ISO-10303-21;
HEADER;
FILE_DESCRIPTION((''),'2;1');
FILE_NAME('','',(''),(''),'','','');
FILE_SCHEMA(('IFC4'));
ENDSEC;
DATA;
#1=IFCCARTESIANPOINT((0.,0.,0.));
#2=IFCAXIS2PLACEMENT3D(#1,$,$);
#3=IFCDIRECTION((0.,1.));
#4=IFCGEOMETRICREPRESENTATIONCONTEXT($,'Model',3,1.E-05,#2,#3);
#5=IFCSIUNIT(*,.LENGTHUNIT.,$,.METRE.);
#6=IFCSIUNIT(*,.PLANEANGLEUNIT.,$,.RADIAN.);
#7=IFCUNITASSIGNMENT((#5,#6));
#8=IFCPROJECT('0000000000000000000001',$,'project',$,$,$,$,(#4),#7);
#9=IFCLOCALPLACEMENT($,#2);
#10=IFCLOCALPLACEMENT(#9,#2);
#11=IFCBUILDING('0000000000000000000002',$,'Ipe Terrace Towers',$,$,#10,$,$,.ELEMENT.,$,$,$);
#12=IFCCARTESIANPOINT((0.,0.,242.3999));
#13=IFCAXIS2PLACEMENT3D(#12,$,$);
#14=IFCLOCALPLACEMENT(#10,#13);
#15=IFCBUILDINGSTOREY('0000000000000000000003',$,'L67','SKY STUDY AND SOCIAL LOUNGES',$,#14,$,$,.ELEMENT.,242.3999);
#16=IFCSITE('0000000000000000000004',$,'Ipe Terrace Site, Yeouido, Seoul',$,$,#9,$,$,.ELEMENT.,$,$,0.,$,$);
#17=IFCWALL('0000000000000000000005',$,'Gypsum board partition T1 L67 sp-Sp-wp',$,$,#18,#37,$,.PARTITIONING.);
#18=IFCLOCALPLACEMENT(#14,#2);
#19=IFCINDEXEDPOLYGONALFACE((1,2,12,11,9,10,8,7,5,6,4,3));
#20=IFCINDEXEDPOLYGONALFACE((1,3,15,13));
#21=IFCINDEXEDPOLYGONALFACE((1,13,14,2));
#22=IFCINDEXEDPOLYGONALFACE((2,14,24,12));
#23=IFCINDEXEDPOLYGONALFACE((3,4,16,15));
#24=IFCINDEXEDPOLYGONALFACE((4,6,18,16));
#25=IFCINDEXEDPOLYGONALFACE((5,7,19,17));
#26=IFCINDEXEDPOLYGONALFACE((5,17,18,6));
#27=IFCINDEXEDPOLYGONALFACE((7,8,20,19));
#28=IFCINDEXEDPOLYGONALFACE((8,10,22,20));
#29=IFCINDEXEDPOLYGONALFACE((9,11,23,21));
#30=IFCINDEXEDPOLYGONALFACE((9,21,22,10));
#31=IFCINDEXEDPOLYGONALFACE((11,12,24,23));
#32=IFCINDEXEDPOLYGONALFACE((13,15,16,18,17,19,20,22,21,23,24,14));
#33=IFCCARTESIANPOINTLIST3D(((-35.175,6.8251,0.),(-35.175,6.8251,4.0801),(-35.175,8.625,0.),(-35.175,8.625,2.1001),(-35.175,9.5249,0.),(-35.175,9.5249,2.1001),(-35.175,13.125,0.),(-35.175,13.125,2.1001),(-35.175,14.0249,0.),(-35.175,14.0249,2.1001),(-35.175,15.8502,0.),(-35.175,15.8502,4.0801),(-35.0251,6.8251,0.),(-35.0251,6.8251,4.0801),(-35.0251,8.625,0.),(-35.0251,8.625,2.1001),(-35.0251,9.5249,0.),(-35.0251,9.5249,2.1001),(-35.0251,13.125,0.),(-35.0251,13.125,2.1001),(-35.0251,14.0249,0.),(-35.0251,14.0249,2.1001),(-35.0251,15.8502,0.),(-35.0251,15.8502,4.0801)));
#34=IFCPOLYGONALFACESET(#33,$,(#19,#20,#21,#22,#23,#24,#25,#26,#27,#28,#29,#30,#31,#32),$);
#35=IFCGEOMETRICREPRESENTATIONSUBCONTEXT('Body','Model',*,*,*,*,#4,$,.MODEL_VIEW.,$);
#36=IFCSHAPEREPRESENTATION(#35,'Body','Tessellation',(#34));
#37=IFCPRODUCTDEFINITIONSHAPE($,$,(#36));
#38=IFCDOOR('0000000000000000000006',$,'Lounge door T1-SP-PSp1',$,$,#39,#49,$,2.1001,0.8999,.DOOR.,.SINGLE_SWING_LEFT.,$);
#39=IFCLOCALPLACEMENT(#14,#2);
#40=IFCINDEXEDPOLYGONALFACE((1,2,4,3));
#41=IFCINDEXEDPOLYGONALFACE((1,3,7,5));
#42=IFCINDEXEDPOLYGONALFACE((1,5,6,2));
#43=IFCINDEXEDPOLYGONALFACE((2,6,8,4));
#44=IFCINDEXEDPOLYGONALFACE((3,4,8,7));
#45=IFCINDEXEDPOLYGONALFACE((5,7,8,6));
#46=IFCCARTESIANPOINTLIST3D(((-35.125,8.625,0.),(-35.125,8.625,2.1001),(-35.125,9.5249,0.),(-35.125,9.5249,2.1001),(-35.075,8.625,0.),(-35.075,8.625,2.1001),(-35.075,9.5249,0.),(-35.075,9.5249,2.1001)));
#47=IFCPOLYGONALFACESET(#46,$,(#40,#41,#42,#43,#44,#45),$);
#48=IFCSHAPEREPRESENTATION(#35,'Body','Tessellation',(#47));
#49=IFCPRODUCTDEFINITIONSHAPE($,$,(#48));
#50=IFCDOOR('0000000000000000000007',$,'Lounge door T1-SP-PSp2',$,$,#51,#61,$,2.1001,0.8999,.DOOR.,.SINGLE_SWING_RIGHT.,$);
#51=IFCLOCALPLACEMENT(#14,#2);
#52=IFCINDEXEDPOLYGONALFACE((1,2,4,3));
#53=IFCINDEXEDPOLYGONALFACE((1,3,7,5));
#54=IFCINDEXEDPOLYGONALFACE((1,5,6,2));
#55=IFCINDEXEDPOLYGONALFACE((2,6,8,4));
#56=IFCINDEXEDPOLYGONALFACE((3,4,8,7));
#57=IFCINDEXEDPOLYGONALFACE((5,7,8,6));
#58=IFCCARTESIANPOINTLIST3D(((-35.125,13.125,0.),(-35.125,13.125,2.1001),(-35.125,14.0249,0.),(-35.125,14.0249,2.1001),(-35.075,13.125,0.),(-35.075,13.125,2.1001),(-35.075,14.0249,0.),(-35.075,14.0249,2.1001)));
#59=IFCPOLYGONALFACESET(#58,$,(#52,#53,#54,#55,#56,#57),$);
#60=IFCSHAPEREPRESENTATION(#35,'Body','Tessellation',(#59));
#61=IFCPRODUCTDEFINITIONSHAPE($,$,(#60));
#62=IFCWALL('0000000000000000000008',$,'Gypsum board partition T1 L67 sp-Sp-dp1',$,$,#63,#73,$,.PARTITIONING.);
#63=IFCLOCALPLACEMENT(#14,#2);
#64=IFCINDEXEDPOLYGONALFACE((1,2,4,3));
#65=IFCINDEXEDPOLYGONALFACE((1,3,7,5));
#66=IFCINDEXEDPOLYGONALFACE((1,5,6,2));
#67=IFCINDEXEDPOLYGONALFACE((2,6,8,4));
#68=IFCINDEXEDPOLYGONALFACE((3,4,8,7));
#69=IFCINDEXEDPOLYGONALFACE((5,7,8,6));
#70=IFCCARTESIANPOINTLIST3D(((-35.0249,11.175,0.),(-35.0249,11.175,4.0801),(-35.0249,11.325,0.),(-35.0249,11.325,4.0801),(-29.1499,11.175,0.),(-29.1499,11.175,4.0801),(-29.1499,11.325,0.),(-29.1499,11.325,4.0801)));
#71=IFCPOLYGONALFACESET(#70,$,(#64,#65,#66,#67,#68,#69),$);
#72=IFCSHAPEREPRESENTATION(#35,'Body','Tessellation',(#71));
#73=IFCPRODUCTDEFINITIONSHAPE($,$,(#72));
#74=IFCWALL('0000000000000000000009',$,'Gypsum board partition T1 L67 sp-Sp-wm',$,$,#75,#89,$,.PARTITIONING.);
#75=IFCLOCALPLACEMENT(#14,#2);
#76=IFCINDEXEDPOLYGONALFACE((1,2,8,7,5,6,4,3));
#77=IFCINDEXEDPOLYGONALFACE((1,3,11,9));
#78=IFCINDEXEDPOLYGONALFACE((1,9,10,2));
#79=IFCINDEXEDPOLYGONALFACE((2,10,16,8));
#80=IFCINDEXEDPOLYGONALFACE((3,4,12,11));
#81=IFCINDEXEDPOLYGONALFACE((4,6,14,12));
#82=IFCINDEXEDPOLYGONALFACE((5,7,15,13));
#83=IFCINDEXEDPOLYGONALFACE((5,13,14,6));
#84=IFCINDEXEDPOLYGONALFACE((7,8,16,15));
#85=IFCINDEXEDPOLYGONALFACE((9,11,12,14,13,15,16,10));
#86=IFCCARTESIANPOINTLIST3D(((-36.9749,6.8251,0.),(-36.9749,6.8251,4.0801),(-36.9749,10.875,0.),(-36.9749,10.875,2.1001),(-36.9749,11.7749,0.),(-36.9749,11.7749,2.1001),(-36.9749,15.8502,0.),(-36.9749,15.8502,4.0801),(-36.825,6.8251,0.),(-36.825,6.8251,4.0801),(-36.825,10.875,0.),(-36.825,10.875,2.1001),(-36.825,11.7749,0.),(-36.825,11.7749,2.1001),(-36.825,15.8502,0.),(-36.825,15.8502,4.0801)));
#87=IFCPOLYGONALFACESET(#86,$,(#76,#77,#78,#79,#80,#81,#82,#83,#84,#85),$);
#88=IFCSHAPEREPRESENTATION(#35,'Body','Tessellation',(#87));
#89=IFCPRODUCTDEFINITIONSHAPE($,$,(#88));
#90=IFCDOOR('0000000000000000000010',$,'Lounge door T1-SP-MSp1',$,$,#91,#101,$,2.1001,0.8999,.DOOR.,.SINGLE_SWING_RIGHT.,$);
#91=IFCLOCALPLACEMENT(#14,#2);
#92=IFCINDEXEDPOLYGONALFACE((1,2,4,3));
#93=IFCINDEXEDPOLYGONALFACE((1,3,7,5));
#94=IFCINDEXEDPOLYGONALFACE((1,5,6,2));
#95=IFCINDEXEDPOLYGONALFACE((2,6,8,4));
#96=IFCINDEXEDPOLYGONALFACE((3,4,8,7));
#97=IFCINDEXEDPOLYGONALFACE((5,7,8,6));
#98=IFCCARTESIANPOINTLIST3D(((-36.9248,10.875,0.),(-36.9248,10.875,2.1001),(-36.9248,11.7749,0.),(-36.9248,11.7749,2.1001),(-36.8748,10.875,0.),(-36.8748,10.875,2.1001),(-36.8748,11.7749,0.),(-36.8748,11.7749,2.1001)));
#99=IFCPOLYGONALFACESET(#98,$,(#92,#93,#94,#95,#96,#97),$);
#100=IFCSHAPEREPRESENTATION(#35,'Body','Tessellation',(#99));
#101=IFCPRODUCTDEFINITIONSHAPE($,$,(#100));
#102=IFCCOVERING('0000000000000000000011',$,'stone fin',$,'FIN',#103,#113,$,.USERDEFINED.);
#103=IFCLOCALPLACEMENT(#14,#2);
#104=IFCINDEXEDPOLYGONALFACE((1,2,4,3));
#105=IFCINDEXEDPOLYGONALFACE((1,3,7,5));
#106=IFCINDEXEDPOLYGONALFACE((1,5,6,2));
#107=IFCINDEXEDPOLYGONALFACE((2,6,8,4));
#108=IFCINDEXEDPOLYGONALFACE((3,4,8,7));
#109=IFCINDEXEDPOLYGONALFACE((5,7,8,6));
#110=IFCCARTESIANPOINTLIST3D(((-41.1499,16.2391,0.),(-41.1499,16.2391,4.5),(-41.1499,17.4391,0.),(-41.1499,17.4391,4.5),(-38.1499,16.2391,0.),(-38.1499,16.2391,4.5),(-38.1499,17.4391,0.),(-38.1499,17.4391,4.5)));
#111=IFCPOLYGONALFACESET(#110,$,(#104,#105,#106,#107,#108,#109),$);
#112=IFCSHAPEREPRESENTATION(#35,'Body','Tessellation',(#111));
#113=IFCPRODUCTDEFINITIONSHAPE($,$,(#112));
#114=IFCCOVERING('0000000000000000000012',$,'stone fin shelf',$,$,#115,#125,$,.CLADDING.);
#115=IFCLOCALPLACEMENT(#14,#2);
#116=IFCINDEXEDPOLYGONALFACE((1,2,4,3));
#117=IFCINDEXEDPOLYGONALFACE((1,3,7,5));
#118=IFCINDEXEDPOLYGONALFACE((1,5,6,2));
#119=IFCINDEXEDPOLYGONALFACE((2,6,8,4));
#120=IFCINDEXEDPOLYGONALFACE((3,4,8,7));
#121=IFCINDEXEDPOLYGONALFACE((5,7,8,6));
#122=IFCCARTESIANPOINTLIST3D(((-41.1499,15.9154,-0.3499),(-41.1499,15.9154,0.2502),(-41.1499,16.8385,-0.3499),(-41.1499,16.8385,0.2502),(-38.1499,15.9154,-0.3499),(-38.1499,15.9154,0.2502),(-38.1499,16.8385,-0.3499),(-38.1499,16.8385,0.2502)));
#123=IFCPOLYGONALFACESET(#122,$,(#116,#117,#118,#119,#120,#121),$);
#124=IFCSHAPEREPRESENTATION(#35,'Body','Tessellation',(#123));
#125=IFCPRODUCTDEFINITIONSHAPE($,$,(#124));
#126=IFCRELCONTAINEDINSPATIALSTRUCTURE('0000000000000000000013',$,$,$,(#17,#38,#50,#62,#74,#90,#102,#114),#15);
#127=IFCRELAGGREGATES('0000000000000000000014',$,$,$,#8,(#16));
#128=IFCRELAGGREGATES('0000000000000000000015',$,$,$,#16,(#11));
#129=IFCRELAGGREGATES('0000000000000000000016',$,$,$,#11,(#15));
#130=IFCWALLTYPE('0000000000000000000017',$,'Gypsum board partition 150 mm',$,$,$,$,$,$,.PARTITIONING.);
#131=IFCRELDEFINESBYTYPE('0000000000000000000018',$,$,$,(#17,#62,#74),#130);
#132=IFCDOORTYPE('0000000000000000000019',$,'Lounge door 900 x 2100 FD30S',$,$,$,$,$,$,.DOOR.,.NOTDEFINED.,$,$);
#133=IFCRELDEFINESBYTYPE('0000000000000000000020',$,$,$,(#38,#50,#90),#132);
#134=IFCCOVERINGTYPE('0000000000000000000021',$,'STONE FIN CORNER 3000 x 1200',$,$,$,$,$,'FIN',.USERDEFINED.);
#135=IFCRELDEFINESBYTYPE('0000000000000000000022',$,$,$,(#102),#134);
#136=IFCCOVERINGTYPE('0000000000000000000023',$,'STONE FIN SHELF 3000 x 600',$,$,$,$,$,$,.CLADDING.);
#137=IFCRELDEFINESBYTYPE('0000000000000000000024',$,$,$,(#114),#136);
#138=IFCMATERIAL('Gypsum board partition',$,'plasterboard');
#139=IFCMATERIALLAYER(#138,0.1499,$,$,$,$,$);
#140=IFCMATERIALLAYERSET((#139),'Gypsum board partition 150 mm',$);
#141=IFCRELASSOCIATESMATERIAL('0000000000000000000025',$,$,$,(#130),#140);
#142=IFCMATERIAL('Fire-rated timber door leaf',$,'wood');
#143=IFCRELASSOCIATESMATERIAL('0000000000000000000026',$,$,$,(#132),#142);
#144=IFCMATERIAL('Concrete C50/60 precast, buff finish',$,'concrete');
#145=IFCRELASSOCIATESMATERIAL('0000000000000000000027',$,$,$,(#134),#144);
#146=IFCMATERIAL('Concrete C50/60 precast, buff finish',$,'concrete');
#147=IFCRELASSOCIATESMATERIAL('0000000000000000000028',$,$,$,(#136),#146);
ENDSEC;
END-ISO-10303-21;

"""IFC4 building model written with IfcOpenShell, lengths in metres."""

from ifc_helpers import new_model, si_unit, direction, frame, frame_2d, origin, origin_2d, place, context, subcontext, project, spatial, rectangle, extrude, material, layer, layer_set, material_profile, profile_set, type_object, element, fill, save


model = new_model("IFC4")

# Units and contexts
model_context = context("Model", 3, precision=1e-05, world=origin(), true_north=direction((0.0, 1.0)))
body_context = subcontext(model_context, "Body", "Model", "MODEL_VIEW")
ifc_project = project(units=[si_unit("LENGTHUNIT", "METRE"), si_unit("PLANEANGLEUNIT", "RADIAN")], contexts=[model_context])

# Site, building, storey
site_placement = place(None, origin())
site = spatial("IfcSite", under=ifc_project, at=site_placement, Name="Ipe Terrace Site, Yeouido, Seoul", CompositionType="ELEMENT", RefElevation=0.0)
building_placement = place(site_placement, origin())
building = spatial("IfcBuilding", under=site, at=building_placement, Name="Ipe Terrace Towers", CompositionType="ELEMENT")
storey_placement = place(building_placement, frame((0.0, 0.0, 242.3999)))
storey = spatial("IfcBuildingStorey", under=building, at=storey_placement, Name="L67", Description="SKY STUDY AND SOCIAL LOUNGES", CompositionType="ELEMENT", Elevation=242.3999)

# Shared definitions
ifc_material_1 = material(Name="Gypsum board partition", Category="plasterboard")
ifc_layer_1 = layer(ifc_material_1, 0.1499)
ifc_layer_set_1 = layer_set([ifc_layer_1], Name="Gypsum board partition 150 mm")
wall_type_1 = type_object("IfcWallType", Name="Gypsum board partition 150 mm", PredefinedType="PARTITIONING", material=ifc_layer_set_1)

# Wall, openings, doors
wall_1_placement = place(storey_placement, frame((-35.1001, 6.825, 0.0), z_axis=(0.0, 0.0, 1.0), x_axis=(0.0, 1.0, 0.0)))
wall_1 = element("IfcWall", 1, at=wall_1_placement, inside=storey, type_object=wall_type_1, Name="Gypsum board partition T1 L67 sp-Sp-wp", PredefinedType="PARTITIONING", context=body_context, shape_type="SweptSolid", body=[
    extrude(rectangle(XDim=9.0251, YDim=0.1499, at=frame_2d((4.5127, 0.0))), origin(), (0.0, 0.0, 1.0), 4.0801),
])
opening_1_placement = place(wall_1_placement, frame((1.8, 0.0, 0.0)))
opening_1 = element("IfcOpeningElement", 2, at=opening_1_placement, cuts=wall_1, PredefinedType="OPENING", context=body_context, shape_type="SweptSolid", body=[
    extrude(rectangle(XDim=0.8999, YDim=2.1001, at=frame_2d((0.45, 1.05))), frame((0.0, 0.085, 0.0), z_axis=(0.0, -1.0, 0.0), x_axis=(1.0, 0.0, 0.0)), (0.0, 0.0, 1.0), 0.1699),
])
opening_2_placement = place(wall_1_placement, frame((6.3, 0.0, 0.0)))
opening_2 = element("IfcOpeningElement", 3, at=opening_2_placement, cuts=wall_1, PredefinedType="OPENING", context=body_context, shape_type="SweptSolid", body=[
    extrude(rectangle(XDim=0.8999, YDim=2.1001, at=frame_2d((0.45, 1.05))), frame((0.0, 0.085, 0.0), z_axis=(0.0, -1.0, 0.0), x_axis=(1.0, 0.0, 0.0)), (0.0, 0.0, 1.0), 0.1699),
])
ifc_material_2 = material(Name="Fire-rated timber door leaf", Category="wood")
door_type_1 = type_object("IfcDoorType", Name="Lounge door 900 x 2100 FD30S", OperationType="NOTDEFINED", PredefinedType="DOOR", material=ifc_material_2)
door_1_placement = place(opening_1_placement, origin())
door_1 = element("IfcDoor", 4, at=door_1_placement, inside=storey, type_object=door_type_1, Name="Lounge door T1-SP-PSp1", OperationType="SINGLE_SWING_LEFT", OverallHeight=2.1001, OverallWidth=0.8999, PredefinedType="DOOR", context=body_context, shape_type="SweptSolid", body=[
    extrude(rectangle(XDim=0.8999, YDim=2.1001, at=frame_2d((0.45, 1.05))), frame((0.0, 0.0249, 0.0), z_axis=(0.0, -1.0, 0.0), x_axis=(1.0, 0.0, 0.0)), (0.0, 0.0, 1.0), 0.05),
])
fill(opening_1, door_1)
door_2_placement = place(opening_2_placement, origin())
door_2 = element("IfcDoor", 5, at=door_2_placement, inside=storey, type_object=door_type_1, Name="Lounge door T1-SP-PSp2", OperationType="SINGLE_SWING_RIGHT", OverallHeight=2.1001, OverallWidth=0.8999, PredefinedType="DOOR", context=body_context, shape_type="SweptSolid", body=[
    extrude(rectangle(XDim=0.8999, YDim=2.1001, at=frame_2d((0.45, 1.05))), frame((0.0, 0.0249, 0.0), z_axis=(0.0, -1.0, 0.0), x_axis=(1.0, 0.0, 0.0)), (0.0, 0.0, 1.0), 0.05),
])
fill(opening_2, door_2)

# Wall
wall_2_placement = place(storey_placement, frame((-35.0249, 11.25, 0.0), z_axis=(0.0, 0.0, 1.0), x_axis=(1.0, 0.0, 0.0)))
element("IfcWall", 6, at=wall_2_placement, inside=storey, type_object=wall_type_1, Name="Gypsum board partition T1 L67 sp-Sp-dp1", PredefinedType="PARTITIONING", context=body_context, shape_type="SweptSolid", body=[
    extrude(rectangle(XDim=5.875, YDim=0.1499, at=frame_2d((2.9375, 0.0))), origin(), (0.0, 0.0, 1.0), 4.0801),
])

# Wall, opening, door
wall_3_placement = place(storey_placement, frame((-36.8999, 6.825, 0.0), z_axis=(0.0, 0.0, 1.0), x_axis=(0.0, 1.0, 0.0)))
wall_3 = element("IfcWall", 7, at=wall_3_placement, inside=storey, type_object=wall_type_1, Name="Gypsum board partition T1 L67 sp-Sp-wm", PredefinedType="PARTITIONING", context=body_context, shape_type="SweptSolid", body=[
    extrude(rectangle(XDim=9.0251, YDim=0.1499, at=frame_2d((4.5127, 0.0))), origin(), (0.0, 0.0, 1.0), 4.0801),
])
opening_3_placement = place(wall_3_placement, frame((4.05, 0.0, 0.0)))
opening_3 = element("IfcOpeningElement", 8, at=opening_3_placement, cuts=wall_3, PredefinedType="OPENING", context=body_context, shape_type="SweptSolid", body=[
    extrude(rectangle(XDim=0.8999, YDim=2.1001, at=frame_2d((0.45, 1.05))), frame((0.0, 0.085, 0.0), z_axis=(0.0, -1.0, 0.0), x_axis=(1.0, 0.0, 0.0)), (0.0, 0.0, 1.0), 0.1699),
])
door_3_placement = place(opening_3_placement, origin())
door_3 = element("IfcDoor", 9, at=door_3_placement, inside=storey, type_object=door_type_1, Name="Lounge door T1-SP-MSp1", OperationType="SINGLE_SWING_RIGHT", OverallHeight=2.1001, OverallWidth=0.8999, PredefinedType="DOOR", context=body_context, shape_type="SweptSolid", body=[
    extrude(rectangle(XDim=0.8999, YDim=2.1001, at=frame_2d((0.45, 1.05))), frame((0.0, 0.0249, 0.0), z_axis=(0.0, -1.0, 0.0), x_axis=(1.0, 0.0, 0.0)), (0.0, 0.0, 1.0), 0.05),
])
fill(opening_3, door_3)

# Coverings
ifc_material_3 = material(Name="Concrete C50/60 precast, buff finish", Category="concrete")
ifc_material_profile_1 = material_profile(ifc_material_3, rectangle(XDim=3.0, YDim=1.2, at=origin_2d()), Name="STONE FIN CORNER 3000 x 1200")
ifc_profile_set_1 = profile_set([ifc_material_profile_1], Name="Concrete C50/60 precast, buff finish")
covering_type_1 = type_object("IfcCoveringType", Name="STONE FIN CORNER 3000 x 1200", ElementType="FIN", PredefinedType="USERDEFINED", material=ifc_profile_set_1)
covering_1_placement = place(storey_placement, frame((-39.6499, 16.8391, 0.0), z_axis=(0.0, 0.0, 1.0), x_axis=(-1.0, 0.0, 0.0)))
element("IfcCovering", 10, at=covering_1_placement, inside=storey, type_object=covering_type_1, Name="stone fin", ObjectType="FIN", PredefinedType="USERDEFINED", context=body_context, shape_type="SweptSolid", body=[
    extrude(rectangle(XDim=3.0, YDim=1.2, at=origin_2d()), origin(), (0.0, 0.0, 1.0), 4.5),
])
ifc_material_4 = material(Name="Concrete C50/60 precast, buff finish", Category="concrete")
covering_type_2 = type_object("IfcCoveringType", Name="STONE FIN SHELF 3000 x 600", PredefinedType="CLADDING", material=ifc_material_4)
covering_2_placement = place(storey_placement, frame((-39.6499, 16.377, -0.3499), z_axis=(0.0, 0.0, 1.0), x_axis=(-1.0, 0.0, 0.0)))
element("IfcCovering", 11, at=covering_2_placement, inside=storey, type_object=covering_type_2, Name="stone fin shelf", PredefinedType="CLADDING", context=body_context, shape_type="SweptSolid", body=[
    extrude(rectangle(XDim=3.0, YDim=0.9231, at=origin_2d()), origin(), (0.0, 0.0, 1.0), 0.6001),
])

save(model, "model.ifc")
